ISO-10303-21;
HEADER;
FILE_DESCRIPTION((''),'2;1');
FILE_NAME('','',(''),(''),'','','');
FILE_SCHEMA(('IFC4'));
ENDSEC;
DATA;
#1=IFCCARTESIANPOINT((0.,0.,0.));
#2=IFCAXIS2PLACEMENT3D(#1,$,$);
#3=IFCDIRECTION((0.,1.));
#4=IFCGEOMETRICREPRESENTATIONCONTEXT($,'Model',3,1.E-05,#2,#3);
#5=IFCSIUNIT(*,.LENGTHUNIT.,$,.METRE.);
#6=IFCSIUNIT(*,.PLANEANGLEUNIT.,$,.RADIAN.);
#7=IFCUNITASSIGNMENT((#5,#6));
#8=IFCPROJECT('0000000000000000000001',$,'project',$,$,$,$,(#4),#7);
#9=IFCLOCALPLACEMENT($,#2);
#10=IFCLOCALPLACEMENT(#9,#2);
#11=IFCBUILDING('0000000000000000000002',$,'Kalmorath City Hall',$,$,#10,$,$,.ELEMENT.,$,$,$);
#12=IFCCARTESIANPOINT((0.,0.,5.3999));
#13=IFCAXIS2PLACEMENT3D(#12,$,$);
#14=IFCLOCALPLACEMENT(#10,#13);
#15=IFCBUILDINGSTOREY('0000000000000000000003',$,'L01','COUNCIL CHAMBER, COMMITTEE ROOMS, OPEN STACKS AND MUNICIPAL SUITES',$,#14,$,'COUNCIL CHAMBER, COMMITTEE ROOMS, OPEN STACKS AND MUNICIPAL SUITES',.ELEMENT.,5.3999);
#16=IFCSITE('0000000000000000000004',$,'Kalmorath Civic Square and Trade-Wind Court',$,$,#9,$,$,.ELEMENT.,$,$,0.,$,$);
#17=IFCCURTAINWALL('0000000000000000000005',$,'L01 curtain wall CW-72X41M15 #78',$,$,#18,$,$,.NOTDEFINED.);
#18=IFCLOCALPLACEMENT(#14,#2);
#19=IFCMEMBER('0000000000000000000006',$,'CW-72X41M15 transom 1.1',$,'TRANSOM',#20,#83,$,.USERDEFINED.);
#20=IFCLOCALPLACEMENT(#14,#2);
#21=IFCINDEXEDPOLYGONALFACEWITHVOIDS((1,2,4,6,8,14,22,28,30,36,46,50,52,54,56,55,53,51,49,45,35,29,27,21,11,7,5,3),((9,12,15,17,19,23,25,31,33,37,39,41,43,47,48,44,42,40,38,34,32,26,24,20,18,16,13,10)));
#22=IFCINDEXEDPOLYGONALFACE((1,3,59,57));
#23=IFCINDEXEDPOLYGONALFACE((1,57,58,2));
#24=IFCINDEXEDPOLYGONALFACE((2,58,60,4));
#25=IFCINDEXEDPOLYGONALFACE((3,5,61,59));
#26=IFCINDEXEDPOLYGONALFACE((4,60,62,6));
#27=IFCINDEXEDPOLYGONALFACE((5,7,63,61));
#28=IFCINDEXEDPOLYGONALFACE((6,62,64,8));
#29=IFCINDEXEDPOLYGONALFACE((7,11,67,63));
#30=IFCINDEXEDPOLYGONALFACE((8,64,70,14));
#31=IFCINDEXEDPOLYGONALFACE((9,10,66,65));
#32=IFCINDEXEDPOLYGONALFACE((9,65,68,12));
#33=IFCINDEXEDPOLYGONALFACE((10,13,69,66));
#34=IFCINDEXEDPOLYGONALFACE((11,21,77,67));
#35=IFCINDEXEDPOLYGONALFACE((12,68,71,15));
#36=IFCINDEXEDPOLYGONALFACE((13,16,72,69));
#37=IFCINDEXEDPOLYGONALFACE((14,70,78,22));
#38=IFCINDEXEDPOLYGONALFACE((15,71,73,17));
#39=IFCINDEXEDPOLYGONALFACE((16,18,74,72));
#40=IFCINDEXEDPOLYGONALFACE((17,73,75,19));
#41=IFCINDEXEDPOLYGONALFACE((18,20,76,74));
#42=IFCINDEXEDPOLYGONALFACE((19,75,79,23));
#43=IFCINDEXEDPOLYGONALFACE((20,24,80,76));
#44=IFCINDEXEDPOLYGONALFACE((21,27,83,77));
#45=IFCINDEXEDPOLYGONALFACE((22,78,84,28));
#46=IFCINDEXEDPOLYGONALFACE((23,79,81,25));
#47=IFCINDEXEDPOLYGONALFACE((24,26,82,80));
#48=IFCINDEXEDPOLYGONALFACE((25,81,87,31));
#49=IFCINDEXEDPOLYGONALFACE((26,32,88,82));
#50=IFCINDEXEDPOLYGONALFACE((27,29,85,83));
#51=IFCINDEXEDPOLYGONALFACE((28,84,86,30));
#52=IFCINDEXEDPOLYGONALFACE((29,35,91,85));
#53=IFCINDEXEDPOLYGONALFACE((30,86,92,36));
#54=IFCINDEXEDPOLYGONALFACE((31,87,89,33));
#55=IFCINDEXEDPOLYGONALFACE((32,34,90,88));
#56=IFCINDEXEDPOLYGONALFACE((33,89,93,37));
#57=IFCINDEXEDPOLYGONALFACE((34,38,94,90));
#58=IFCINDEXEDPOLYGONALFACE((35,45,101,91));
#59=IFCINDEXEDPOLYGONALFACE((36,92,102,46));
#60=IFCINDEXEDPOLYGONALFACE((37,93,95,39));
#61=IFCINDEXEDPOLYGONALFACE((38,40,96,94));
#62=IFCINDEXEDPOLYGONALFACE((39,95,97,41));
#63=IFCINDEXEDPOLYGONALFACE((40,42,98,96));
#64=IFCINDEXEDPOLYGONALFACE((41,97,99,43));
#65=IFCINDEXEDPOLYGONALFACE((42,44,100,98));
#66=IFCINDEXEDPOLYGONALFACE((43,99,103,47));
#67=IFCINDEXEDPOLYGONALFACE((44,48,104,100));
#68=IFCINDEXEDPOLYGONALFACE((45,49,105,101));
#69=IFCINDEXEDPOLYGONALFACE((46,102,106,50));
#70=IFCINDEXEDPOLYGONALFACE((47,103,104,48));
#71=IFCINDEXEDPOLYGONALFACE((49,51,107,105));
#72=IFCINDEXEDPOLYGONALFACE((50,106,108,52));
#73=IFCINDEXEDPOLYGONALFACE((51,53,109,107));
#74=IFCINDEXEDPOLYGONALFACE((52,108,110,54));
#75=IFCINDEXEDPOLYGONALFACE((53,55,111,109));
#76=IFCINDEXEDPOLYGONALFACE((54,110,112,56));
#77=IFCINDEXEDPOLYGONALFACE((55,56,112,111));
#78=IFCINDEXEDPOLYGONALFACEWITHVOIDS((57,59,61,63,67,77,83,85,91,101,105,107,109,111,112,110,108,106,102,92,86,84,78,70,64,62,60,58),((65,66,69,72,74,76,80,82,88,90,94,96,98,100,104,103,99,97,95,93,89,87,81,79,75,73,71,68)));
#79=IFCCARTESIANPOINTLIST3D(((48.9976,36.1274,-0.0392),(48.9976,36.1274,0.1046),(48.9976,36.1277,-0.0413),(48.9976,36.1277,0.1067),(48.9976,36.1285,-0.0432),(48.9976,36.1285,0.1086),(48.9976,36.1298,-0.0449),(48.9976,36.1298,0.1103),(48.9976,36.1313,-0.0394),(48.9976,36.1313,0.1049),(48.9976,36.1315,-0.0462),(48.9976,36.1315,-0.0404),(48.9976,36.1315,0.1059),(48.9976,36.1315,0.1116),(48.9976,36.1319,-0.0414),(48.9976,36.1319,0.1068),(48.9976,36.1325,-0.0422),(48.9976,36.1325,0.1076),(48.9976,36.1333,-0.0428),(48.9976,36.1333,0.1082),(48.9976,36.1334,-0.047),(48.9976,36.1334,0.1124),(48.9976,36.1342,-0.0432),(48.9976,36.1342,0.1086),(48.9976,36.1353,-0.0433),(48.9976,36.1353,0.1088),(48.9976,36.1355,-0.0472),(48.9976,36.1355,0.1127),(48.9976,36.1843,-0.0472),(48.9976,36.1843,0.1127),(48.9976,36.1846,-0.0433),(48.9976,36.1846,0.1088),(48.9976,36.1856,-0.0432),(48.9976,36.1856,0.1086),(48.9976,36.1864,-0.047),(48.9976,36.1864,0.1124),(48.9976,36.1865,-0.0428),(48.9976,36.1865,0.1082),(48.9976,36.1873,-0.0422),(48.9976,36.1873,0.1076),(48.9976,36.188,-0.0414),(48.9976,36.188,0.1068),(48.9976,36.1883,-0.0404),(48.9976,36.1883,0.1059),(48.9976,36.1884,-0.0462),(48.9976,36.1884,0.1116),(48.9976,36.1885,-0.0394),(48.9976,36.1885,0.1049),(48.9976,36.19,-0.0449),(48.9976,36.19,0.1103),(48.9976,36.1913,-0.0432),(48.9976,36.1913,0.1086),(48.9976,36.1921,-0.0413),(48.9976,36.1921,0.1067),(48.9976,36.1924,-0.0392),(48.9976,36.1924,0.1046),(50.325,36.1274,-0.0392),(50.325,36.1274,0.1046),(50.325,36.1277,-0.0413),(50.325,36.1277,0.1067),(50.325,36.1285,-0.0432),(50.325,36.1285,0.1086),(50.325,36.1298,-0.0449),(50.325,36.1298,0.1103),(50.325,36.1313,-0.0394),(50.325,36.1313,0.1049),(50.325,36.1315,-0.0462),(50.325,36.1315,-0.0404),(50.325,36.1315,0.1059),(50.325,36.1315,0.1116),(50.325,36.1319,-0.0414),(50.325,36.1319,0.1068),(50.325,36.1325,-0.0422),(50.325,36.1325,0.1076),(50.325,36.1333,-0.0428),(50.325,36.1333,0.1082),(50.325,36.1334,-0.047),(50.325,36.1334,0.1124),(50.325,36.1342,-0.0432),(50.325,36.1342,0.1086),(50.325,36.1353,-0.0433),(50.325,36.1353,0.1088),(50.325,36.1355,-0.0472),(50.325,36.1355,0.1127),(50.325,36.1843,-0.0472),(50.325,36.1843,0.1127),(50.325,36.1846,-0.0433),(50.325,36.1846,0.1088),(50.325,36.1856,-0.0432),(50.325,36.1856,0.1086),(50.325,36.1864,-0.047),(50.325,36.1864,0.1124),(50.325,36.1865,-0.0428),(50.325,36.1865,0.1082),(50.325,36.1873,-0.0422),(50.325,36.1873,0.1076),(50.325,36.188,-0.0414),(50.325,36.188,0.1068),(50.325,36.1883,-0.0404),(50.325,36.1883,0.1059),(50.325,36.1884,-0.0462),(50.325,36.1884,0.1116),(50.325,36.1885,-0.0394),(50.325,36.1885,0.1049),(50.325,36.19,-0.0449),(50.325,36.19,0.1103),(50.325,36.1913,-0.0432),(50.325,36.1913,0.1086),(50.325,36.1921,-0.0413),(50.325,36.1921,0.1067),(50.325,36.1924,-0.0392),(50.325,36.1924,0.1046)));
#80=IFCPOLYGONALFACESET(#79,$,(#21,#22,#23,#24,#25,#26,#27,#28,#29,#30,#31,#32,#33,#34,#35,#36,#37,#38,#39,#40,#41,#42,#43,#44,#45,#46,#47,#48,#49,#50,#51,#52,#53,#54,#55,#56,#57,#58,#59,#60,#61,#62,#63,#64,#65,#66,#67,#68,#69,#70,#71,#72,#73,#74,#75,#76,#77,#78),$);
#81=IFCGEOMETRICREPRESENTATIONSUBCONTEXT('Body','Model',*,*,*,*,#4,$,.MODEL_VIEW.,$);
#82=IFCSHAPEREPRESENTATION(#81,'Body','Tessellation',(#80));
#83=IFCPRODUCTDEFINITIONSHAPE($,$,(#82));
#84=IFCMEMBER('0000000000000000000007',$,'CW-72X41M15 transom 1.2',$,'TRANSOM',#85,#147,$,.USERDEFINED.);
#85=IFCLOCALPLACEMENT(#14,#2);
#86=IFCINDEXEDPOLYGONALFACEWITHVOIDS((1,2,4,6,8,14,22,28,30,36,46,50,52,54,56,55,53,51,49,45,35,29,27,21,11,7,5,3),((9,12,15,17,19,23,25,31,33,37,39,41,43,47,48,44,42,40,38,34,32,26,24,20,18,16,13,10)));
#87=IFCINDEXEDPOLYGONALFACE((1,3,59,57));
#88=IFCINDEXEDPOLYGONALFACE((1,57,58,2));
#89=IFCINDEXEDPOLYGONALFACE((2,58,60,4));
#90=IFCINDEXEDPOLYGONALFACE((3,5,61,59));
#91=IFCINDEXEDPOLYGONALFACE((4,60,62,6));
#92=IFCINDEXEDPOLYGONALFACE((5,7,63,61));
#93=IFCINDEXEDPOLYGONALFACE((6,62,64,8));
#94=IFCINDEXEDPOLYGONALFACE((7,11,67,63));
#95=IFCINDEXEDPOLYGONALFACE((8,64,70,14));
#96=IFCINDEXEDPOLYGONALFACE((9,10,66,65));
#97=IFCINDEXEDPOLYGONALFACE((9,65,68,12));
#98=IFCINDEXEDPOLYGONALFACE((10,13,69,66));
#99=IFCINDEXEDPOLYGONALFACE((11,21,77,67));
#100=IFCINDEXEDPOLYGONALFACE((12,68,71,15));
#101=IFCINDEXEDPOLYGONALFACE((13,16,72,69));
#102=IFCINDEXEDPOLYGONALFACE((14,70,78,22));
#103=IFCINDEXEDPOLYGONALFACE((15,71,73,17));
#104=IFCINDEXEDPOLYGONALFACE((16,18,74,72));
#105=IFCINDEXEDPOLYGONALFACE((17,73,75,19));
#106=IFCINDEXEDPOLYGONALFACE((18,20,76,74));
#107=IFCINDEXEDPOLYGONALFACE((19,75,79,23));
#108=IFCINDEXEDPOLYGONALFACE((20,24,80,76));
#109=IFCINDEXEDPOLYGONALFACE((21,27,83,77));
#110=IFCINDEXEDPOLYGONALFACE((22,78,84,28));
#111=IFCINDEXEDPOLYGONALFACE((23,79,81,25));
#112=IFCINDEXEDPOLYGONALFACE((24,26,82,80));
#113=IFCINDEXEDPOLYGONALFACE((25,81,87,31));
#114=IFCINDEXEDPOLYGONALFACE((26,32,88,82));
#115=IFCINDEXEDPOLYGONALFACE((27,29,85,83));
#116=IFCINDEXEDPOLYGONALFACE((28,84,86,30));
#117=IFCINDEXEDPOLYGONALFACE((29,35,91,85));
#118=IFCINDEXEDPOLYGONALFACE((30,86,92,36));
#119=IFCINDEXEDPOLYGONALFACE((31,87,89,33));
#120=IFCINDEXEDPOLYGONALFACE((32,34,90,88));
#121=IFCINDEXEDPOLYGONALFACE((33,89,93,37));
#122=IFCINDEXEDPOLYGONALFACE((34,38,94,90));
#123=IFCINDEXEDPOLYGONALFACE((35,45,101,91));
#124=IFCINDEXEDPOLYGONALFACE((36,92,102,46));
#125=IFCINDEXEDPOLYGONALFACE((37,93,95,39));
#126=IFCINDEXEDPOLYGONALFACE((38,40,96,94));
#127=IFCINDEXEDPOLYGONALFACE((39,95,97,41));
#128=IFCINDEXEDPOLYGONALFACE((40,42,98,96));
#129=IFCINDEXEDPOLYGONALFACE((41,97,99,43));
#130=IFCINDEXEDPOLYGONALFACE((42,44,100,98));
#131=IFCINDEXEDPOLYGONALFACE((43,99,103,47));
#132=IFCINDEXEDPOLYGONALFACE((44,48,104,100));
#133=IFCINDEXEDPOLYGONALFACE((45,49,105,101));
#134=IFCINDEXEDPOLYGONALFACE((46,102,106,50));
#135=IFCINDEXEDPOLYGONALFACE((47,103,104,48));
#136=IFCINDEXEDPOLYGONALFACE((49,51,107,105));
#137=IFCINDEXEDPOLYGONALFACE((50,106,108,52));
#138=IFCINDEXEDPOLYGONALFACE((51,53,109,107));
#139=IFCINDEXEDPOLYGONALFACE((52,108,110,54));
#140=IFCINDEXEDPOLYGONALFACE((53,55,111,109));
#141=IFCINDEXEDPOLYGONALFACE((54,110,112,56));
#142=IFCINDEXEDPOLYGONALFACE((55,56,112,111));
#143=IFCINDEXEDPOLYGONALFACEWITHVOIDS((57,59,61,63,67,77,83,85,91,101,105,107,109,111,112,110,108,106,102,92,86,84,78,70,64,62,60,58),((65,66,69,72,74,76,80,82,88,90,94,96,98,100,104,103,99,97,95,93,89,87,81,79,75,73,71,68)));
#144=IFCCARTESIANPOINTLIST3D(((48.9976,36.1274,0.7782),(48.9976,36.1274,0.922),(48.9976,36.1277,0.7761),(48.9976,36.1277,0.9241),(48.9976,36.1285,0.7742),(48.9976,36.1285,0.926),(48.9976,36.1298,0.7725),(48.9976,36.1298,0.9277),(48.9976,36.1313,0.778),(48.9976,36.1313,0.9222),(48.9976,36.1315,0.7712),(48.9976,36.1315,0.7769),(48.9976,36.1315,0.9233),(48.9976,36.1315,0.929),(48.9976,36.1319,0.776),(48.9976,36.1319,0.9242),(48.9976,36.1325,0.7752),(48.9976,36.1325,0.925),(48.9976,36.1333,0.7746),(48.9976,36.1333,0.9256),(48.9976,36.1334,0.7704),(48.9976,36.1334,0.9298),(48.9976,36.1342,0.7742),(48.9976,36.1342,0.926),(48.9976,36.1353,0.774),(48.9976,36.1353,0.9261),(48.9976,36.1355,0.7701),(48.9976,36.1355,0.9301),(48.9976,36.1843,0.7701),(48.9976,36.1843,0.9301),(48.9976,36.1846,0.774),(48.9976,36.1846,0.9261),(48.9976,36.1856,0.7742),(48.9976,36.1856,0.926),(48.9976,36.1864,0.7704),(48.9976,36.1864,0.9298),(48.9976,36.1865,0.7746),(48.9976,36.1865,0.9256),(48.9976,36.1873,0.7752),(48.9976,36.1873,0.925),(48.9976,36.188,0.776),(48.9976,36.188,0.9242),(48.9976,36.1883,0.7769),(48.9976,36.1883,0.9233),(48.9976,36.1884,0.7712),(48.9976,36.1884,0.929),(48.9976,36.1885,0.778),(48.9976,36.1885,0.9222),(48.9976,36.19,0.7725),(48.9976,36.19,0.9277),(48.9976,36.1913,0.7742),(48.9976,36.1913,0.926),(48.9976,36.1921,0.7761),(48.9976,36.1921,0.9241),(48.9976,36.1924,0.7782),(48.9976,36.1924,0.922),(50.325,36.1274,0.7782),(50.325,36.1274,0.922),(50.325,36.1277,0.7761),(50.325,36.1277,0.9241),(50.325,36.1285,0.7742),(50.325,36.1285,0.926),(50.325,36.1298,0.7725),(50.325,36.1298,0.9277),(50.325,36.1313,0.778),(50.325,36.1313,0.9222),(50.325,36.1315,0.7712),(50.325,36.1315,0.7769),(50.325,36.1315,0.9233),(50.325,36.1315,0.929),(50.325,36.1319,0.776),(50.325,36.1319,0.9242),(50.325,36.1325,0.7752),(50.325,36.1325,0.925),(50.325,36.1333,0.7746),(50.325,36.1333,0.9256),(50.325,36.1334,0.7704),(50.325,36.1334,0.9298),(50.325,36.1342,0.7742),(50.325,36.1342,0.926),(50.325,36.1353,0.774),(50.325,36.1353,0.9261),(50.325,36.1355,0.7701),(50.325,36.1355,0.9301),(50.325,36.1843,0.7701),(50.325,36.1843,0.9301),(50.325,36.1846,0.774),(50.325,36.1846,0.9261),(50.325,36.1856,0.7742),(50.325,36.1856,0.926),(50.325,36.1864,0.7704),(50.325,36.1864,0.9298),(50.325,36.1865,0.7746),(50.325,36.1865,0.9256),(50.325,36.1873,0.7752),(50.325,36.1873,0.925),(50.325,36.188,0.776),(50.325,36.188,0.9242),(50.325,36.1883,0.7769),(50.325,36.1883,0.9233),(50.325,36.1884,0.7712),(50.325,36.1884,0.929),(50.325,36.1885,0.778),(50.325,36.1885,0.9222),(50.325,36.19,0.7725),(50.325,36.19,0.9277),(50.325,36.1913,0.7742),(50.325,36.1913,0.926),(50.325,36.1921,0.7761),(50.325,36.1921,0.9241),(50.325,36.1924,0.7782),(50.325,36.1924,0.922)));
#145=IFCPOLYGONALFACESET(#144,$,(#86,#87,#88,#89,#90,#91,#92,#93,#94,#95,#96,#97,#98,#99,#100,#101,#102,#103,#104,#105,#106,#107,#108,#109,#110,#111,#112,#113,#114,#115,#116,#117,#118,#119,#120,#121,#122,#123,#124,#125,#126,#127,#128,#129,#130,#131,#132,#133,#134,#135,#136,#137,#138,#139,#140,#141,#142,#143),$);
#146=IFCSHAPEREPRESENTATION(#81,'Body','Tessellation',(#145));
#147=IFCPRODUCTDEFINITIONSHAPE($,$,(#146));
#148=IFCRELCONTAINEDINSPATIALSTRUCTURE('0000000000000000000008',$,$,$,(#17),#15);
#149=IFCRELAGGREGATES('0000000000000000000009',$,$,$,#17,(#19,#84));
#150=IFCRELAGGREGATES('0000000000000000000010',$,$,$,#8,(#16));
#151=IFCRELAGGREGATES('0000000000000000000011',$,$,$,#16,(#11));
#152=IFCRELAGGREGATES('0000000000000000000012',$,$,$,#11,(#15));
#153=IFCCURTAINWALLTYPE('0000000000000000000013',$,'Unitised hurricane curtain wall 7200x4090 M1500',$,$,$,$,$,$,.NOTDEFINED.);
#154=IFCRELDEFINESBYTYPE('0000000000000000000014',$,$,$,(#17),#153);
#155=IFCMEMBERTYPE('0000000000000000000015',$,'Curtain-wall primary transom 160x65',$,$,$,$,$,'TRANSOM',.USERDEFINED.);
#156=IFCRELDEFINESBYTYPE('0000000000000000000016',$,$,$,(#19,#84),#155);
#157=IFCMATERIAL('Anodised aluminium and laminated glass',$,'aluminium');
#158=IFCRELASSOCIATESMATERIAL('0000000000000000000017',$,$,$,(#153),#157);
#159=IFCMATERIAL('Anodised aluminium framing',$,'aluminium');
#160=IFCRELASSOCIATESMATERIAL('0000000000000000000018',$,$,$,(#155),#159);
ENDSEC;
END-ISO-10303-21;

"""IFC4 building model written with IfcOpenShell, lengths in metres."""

from ifc_helpers import new_model, si_unit, direction, frame, origin, origin_2d, place, context, subcontext, project, spatial, hollow_rectangle, extrude, material, material_profile, profile_set, type_object, element, aggregate, save


model = new_model("IFC4")

# Units and contexts
model_context = context("Model", 3, precision=1e-05, world=origin(), true_north=direction((0.0, 1.0)))
body_context = subcontext(model_context, "Body", "Model", "MODEL_VIEW")
ifc_project = project(units=[si_unit("LENGTHUNIT", "METRE"), si_unit("PLANEANGLEUNIT", "RADIAN")], contexts=[model_context])

# Site, building, storey
site_placement = place(None, origin())
site = spatial("IfcSite", under=ifc_project, at=site_placement, Name="Kalmorath Civic Square and Trade-Wind Court", CompositionType="ELEMENT", RefElevation=0.0)
building_placement = place(site_placement, origin())
building = spatial("IfcBuilding", under=site, at=building_placement, Name="Kalmorath City Hall", CompositionType="ELEMENT")
storey_placement = place(building_placement, frame((0.0, 0.0, 5.3999)))
storey = spatial("IfcBuildingStorey", under=building, at=storey_placement, Name="L01", Description="COUNCIL CHAMBER, COMMITTEE ROOMS, OPEN STACKS AND MUNICIPAL SUITES", LongName="COUNCIL CHAMBER, COMMITTEE ROOMS, OPEN STACKS AND MUNICIPAL SUITES", CompositionType="ELEMENT", Elevation=5.3999)

# Curtain wall, members
ifc_material_1 = material(Name="Anodised aluminium and laminated glass", Category="aluminium")
curtain_wall_type_1 = type_object("IfcCurtainWallType", Name="Unitised hurricane curtain wall 7200x4090 M1500", PredefinedType="NOTDEFINED", material=ifc_material_1)
curtain_wall_1_placement = place(storey_placement, origin())
curtain_wall_1 = element("IfcCurtainWall", 1, at=curtain_wall_1_placement, inside=storey, type_object=curtain_wall_type_1, Name="L01 curtain wall CW-72X41M15 #78", PredefinedType="NOTDEFINED")
ifc_material_2 = material(Name="Anodised aluminium framing", Category="aluminium")
ifc_material_profile_1 = material_profile(ifc_material_2, hollow_rectangle(XDim=0.0649, YDim=0.1599, WallThickness=0.0039, InnerFilletRadius=0.0039, OuterFilletRadius=0.0081, at=origin_2d()), Name="ALU-TRN-160X65X4")
ifc_profile_set_1 = profile_set([ifc_material_profile_1], Name="Anodised aluminium framing")
member_type_1 = type_object("IfcMemberType", Name="Curtain-wall primary transom 160x65", ElementType="TRANSOM", PredefinedType="USERDEFINED", material=ifc_profile_set_1)
member_1_placement = place(storey_placement, frame((50.325, 36.1599, 0.0327), z_axis=(-1.0, 0.0, 0.0), x_axis=(0.0, -1.0, 0.0)))
member_1 = element("IfcMember", 2, at=member_1_placement, type_object=member_type_1, Name="CW-72X41M15 transom 1.1", ObjectType="TRANSOM", PredefinedType="USERDEFINED", context=body_context, shape_type="SweptSolid", body=[
    extrude(hollow_rectangle(XDim=0.0649, YDim=0.1599, WallThickness=0.0039, InnerFilletRadius=0.0039, OuterFilletRadius=0.0081, at=origin_2d()), origin(), (0.0, 0.0, 1.0), 1.3274),
])
member_2_placement = place(storey_placement, frame((50.325, 36.1599, 0.8501), z_axis=(-1.0, 0.0, 0.0), x_axis=(0.0, -1.0, 0.0)))
member_2 = element("IfcMember", 3, at=member_2_placement, type_object=member_type_1, Name="CW-72X41M15 transom 1.2", ObjectType="TRANSOM", PredefinedType="USERDEFINED", context=body_context, shape_type="SweptSolid", body=[
    extrude(hollow_rectangle(XDim=0.0649, YDim=0.1599, WallThickness=0.0039, InnerFilletRadius=0.0039, OuterFilletRadius=0.0081, at=origin_2d()), origin(), (0.0, 0.0, 1.0), 1.3274),
])

aggregate(curtain_wall_1, [member_1, member_2])

save(model, "model.ifc")
